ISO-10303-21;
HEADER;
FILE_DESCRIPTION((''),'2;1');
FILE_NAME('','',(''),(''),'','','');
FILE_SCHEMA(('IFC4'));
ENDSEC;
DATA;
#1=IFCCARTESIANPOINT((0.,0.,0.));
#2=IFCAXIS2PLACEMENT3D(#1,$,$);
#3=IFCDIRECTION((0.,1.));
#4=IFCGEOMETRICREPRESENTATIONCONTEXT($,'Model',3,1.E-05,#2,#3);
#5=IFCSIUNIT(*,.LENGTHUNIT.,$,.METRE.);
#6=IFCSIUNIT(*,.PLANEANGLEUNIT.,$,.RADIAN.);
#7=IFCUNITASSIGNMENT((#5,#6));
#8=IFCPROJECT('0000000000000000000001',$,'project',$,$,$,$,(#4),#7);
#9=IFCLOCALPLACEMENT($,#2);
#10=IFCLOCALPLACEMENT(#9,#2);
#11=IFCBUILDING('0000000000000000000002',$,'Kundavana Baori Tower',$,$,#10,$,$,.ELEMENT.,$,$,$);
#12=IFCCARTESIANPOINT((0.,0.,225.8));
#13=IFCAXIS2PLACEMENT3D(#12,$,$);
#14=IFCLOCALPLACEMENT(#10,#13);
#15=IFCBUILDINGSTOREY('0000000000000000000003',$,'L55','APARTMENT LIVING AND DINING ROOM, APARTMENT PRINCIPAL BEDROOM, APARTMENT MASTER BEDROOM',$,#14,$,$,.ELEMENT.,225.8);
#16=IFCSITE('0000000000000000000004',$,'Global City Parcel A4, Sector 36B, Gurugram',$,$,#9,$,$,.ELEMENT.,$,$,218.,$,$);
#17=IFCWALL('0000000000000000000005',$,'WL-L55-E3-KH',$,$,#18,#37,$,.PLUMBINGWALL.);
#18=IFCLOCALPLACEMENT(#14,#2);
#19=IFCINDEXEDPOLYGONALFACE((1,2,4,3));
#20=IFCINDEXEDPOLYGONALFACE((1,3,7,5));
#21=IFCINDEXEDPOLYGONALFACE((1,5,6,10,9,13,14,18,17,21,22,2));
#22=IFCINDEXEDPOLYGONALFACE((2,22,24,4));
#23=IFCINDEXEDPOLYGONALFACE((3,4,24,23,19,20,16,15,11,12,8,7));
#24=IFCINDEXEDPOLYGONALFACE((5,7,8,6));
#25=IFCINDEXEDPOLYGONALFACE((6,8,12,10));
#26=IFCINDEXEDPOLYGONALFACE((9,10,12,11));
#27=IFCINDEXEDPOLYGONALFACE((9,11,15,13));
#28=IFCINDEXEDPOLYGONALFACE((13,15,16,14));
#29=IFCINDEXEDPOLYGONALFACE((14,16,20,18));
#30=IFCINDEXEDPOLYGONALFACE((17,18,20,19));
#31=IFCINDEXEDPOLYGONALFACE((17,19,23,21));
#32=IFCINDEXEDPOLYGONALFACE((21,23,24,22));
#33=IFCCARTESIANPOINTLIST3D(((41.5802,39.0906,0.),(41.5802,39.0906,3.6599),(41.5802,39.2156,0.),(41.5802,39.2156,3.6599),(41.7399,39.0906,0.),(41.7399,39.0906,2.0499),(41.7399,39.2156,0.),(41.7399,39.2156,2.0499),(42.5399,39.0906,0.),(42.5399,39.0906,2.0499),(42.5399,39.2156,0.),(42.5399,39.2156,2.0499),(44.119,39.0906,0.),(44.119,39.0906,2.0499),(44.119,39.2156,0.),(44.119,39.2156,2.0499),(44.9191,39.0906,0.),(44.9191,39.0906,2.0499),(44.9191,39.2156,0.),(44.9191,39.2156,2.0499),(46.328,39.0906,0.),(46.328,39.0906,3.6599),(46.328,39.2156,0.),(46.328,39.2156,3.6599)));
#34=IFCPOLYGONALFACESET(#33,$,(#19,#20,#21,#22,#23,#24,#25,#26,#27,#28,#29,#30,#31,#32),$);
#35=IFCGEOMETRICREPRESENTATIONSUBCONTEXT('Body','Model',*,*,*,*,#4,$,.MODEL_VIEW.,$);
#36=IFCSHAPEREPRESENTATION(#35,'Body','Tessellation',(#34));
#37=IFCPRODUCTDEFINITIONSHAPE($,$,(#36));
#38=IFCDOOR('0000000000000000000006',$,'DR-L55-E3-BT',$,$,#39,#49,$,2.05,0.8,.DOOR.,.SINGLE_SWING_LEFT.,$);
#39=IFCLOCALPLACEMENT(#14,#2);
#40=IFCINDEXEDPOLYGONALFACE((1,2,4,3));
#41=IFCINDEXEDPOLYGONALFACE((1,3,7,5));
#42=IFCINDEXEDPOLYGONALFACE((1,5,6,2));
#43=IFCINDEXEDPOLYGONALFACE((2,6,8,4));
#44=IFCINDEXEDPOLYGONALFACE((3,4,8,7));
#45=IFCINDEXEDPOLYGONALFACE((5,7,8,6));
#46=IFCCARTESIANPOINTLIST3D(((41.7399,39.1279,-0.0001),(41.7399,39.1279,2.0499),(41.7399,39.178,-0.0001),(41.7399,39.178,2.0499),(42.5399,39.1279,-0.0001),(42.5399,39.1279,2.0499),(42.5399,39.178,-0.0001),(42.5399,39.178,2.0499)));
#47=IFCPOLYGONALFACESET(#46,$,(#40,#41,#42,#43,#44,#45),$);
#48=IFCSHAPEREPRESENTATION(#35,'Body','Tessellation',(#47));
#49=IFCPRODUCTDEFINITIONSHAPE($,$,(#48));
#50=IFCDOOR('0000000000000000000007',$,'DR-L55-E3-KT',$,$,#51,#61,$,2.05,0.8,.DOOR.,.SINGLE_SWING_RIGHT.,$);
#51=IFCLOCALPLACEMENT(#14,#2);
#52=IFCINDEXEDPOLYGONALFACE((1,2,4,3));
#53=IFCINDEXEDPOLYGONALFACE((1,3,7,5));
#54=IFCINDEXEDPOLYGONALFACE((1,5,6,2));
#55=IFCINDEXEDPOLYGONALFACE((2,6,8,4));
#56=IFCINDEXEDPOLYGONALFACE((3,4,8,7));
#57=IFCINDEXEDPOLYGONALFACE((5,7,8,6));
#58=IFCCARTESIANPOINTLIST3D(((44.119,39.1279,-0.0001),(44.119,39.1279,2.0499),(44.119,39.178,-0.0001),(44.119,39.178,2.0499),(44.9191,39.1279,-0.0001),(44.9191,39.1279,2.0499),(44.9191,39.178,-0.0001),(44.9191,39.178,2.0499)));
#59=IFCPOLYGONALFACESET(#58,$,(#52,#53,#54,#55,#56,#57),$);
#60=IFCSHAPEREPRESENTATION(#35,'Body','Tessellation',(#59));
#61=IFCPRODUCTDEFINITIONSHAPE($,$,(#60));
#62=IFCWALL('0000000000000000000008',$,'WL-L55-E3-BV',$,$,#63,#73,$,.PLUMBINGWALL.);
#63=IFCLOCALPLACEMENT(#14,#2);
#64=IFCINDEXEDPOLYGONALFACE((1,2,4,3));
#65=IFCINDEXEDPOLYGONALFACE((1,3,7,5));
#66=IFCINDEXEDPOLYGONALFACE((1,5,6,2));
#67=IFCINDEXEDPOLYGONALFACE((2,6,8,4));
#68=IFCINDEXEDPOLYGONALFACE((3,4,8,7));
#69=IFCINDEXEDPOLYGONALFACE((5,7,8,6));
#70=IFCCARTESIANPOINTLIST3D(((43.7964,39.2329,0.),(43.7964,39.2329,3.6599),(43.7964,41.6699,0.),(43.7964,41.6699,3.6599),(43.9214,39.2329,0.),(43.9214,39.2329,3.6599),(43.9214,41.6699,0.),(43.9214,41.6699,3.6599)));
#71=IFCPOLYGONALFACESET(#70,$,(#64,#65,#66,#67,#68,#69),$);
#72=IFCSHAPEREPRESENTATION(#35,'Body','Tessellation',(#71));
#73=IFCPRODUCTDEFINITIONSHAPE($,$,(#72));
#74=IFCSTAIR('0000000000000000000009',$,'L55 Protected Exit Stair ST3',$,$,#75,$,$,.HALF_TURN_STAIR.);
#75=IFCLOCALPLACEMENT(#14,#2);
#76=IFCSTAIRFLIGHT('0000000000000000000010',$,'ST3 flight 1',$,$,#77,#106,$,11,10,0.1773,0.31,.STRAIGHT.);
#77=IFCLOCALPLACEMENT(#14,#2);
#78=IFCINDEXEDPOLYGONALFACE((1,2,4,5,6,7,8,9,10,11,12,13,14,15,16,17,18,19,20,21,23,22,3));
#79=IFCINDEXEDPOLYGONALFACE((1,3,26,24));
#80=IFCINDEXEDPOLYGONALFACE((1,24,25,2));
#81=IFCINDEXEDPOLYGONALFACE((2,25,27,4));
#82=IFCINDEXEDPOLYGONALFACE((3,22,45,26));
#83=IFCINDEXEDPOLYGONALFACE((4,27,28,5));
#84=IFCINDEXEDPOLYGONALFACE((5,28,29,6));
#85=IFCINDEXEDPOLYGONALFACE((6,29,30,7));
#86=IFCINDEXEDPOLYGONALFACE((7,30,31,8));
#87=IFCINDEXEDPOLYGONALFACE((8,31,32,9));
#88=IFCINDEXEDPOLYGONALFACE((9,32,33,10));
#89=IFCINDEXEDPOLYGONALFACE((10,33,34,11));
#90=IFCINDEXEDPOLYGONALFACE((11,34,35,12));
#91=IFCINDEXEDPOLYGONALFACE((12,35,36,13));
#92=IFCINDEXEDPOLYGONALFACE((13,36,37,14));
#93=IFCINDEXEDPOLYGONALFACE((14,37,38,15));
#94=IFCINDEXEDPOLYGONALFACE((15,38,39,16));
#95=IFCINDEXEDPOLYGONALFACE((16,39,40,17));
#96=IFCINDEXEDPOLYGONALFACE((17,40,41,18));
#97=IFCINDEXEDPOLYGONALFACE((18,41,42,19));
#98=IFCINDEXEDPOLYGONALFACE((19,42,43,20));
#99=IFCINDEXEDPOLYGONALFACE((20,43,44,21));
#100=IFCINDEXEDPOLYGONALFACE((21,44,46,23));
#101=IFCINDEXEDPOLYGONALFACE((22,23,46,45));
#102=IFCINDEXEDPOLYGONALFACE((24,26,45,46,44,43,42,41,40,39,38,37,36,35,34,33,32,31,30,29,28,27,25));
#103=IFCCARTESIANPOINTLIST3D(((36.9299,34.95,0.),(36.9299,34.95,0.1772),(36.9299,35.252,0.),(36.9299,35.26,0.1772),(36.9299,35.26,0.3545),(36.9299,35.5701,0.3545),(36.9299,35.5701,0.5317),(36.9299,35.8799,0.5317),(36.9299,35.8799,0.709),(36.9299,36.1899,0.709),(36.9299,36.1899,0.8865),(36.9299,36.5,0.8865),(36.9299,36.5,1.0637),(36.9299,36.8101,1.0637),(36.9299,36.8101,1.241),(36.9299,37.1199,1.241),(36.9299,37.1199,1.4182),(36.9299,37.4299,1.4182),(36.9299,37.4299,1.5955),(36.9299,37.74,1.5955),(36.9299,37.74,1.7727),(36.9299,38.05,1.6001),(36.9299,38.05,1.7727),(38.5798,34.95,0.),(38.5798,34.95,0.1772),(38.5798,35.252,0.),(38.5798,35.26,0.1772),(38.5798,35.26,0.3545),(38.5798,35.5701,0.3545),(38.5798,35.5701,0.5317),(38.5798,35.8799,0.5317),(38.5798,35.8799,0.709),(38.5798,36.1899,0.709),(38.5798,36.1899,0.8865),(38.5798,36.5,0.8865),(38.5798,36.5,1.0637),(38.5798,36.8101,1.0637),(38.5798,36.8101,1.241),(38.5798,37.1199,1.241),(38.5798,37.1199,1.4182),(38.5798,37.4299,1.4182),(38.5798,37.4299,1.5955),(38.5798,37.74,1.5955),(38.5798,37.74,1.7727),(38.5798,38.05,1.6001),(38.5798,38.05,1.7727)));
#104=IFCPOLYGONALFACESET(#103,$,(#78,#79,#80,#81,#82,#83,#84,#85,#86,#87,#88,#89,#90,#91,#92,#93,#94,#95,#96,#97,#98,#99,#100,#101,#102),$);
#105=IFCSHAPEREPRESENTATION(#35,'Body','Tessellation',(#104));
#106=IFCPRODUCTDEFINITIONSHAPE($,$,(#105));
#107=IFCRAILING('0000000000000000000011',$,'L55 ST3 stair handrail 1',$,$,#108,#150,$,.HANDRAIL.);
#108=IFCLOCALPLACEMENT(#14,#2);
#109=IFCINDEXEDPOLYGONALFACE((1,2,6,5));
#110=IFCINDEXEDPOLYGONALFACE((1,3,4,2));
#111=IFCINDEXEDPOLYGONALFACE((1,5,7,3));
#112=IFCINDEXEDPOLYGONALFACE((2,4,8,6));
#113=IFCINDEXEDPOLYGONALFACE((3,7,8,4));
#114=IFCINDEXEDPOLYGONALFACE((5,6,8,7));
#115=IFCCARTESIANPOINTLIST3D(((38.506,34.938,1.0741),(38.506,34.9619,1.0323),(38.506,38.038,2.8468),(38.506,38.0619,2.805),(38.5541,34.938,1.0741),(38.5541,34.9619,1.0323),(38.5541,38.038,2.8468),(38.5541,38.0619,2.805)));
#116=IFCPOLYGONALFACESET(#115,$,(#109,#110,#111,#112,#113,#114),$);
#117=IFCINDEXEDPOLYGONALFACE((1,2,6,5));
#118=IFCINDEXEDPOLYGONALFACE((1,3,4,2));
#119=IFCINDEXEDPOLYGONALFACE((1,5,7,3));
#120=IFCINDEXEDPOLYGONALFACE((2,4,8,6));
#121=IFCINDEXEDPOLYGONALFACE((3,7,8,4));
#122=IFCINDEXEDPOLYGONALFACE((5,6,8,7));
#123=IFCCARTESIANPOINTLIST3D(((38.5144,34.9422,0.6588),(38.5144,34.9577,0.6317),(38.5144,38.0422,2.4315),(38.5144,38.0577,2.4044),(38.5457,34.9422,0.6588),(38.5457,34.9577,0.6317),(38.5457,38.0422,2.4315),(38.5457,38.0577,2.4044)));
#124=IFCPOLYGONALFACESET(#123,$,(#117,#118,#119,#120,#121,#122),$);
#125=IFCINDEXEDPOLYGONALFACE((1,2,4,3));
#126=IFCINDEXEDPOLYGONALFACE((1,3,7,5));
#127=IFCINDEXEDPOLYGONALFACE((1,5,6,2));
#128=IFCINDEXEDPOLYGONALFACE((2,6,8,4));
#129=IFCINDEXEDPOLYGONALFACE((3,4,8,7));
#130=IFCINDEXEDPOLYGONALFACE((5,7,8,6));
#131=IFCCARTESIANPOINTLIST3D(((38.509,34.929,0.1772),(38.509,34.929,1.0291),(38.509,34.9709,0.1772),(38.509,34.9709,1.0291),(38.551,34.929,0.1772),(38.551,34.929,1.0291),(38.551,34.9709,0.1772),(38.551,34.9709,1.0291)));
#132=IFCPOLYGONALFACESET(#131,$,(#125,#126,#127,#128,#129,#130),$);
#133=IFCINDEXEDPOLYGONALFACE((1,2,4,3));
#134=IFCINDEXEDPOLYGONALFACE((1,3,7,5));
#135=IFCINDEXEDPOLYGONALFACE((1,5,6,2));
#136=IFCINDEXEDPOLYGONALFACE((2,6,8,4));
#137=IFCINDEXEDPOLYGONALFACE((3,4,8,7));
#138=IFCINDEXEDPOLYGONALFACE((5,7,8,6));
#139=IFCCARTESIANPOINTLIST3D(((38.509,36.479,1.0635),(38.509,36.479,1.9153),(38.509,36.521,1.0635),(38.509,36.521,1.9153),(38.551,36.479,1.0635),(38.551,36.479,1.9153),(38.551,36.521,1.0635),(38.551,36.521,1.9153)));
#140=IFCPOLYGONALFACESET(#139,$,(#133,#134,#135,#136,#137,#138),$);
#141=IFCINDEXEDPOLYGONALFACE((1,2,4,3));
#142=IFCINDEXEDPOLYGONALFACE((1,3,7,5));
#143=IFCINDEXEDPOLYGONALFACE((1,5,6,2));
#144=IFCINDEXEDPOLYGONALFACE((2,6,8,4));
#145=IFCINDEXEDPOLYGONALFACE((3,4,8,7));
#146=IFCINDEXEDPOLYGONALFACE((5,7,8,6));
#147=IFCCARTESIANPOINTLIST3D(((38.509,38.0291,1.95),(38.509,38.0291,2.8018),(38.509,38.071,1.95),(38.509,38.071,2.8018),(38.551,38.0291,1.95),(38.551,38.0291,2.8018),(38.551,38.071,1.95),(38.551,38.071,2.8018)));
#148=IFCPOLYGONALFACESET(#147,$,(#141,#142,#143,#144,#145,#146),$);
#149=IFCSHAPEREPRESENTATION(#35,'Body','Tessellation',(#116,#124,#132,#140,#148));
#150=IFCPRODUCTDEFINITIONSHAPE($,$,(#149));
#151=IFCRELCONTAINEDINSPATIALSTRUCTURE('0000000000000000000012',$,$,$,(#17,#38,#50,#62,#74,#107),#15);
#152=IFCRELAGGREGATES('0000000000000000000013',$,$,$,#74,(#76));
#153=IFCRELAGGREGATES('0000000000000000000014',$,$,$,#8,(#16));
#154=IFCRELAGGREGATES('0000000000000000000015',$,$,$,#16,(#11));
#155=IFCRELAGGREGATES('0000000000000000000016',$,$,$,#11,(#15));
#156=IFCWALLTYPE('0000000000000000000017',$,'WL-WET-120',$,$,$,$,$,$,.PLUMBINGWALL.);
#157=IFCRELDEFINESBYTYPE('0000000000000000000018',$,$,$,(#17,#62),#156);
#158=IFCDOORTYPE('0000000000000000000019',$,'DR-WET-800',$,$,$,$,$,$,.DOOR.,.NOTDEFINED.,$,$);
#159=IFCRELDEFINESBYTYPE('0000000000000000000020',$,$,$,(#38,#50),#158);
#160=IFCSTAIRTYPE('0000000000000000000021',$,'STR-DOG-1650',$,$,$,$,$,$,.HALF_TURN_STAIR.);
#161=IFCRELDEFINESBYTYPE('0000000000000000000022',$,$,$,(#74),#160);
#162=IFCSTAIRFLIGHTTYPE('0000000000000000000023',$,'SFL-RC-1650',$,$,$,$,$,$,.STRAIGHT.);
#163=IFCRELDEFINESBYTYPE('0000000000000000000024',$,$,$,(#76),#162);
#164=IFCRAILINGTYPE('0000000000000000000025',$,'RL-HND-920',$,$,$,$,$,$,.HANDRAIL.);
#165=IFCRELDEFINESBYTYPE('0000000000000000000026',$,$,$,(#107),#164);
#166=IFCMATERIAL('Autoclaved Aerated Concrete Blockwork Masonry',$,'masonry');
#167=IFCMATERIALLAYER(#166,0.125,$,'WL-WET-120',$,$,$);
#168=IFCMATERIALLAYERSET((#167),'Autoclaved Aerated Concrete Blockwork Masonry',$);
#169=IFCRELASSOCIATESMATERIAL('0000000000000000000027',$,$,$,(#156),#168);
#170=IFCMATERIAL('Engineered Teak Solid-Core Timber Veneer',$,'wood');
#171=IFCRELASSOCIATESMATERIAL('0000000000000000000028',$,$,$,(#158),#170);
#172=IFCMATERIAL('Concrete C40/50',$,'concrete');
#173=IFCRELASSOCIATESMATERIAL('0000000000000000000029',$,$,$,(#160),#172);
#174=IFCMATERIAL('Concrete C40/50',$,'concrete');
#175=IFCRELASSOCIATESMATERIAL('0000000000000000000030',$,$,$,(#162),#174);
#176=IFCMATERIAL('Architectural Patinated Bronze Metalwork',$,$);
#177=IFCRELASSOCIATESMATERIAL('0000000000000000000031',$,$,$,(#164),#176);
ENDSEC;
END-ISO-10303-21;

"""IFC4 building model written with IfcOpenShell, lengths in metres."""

from ifc_helpers import new_model, si_unit, direction, frame, frame_2d, origin, origin_2d, place, context, subcontext, project, spatial, polyline, rectangle, outline, extrude, material, layer, layer_set, type_object, element, fill, aggregate, save


model = new_model("IFC4")

# Units and contexts
model_context = context("Model", 3, precision=1e-05, world=origin(), true_north=direction((0.0, 1.0)))
body_context = subcontext(model_context, "Body", "Model", "MODEL_VIEW")
ifc_project = project(units=[si_unit("LENGTHUNIT", "METRE"), si_unit("PLANEANGLEUNIT", "RADIAN")], contexts=[model_context])

# Site, building, storey
site_placement = place(None, origin())
site = spatial("IfcSite", under=ifc_project, at=site_placement, Name="Global City Parcel A4, Sector 36B, Gurugram", CompositionType="ELEMENT", RefElevation=218.0)
building_placement = place(site_placement, origin())
building = spatial("IfcBuilding", under=site, at=building_placement, Name="Kundavana Baori Tower", CompositionType="ELEMENT")
storey_placement = place(building_placement, frame((0.0, 0.0, 225.8)))
storey = spatial("IfcBuildingStorey", under=building, at=storey_placement, Name="L55", Description="APARTMENT LIVING AND DINING ROOM, APARTMENT PRINCIPAL BEDROOM, APARTMENT MASTER BEDROOM", CompositionType="ELEMENT", Elevation=225.8)

# Wall, openings, doors
ifc_material_1 = material(Name="Autoclaved Aerated Concrete Blockwork Masonry", Category="masonry")
ifc_layer_1 = layer(ifc_material_1, 0.125, Name="WL-WET-120")
ifc_layer_set_1 = layer_set([ifc_layer_1], Name="Autoclaved Aerated Concrete Blockwork Masonry")
wall_type_1 = type_object("IfcWallType", Name="WL-WET-120", PredefinedType="PLUMBINGWALL", material=ifc_layer_set_1)
wall_1_placement = place(storey_placement, frame((41.5801, 39.1531, 0.0), z_axis=(0.0, 0.0, 1.0), x_axis=(1.0, 0.0, 0.0)))
wall_1 = element("IfcWall", 1, at=wall_1_placement, inside=storey, type_object=wall_type_1, Name="WL-L55-E3-KH", PredefinedType="PLUMBINGWALL", context=body_context, shape_type="SweptSolid", body=[
    extrude(rectangle(XDim=4.7478, YDim=0.125, at=frame_2d((2.374, 0.0))), origin(), (0.0, 0.0, 1.0), 3.6599),
])
opening_1_placement = place(wall_1_placement, frame((0.1599, 0.0, 0.0)))
opening_1 = element("IfcOpeningElement", 2, at=opening_1_placement, cuts=wall_1, PredefinedType="OPENING", context=body_context, shape_type="SweptSolid", body=[
    extrude(rectangle(XDim=0.8, YDim=2.05, at=frame_2d((0.3999, 1.0249))), frame((0.0, 0.0725, 0.0), z_axis=(0.0, -1.0, 0.0), x_axis=(1.0, 0.0, 0.0)), (0.0, 0.0, 1.0), 0.145),
])
opening_2_placement = place(wall_1_placement, frame((2.5391, 0.0, 0.0)))
opening_2 = element("IfcOpeningElement", 3, at=opening_2_placement, cuts=wall_1, PredefinedType="OPENING", context=body_context, shape_type="SweptSolid", body=[
    extrude(rectangle(XDim=0.8, YDim=2.05, at=frame_2d((0.3999, 1.0249))), frame((0.0, 0.0725, 0.0), z_axis=(0.0, -1.0, 0.0), x_axis=(1.0, 0.0, 0.0)), (0.0, 0.0, 1.0), 0.145),
])
ifc_material_2 = material(Name="Engineered Teak Solid-Core Timber Veneer", Category="wood")
door_type_1 = type_object("IfcDoorType", Name="DR-WET-800", OperationType="NOTDEFINED", PredefinedType="DOOR", material=ifc_material_2)
door_1_placement = place(opening_1_placement, origin())
door_1 = element("IfcDoor", 4, at=door_1_placement, inside=storey, type_object=door_type_1, Name="DR-L55-E3-BT", OperationType="SINGLE_SWING_LEFT", OverallHeight=2.05, OverallWidth=0.8, PredefinedType="DOOR", context=body_context, shape_type="SweptSolid", body=[
    extrude(rectangle(XDim=0.8, YDim=2.05, at=frame_2d((0.3999, 1.0249))), frame((0.0, 0.0249, 0.0), z_axis=(0.0, -1.0, 0.0), x_axis=(1.0, 0.0, 0.0)), (0.0, 0.0, 1.0), 0.05),
])
fill(opening_1, door_1)
door_2_placement = place(opening_2_placement, origin())
door_2 = element("IfcDoor", 5, at=door_2_placement, inside=storey, type_object=door_type_1, Name="DR-L55-E3-KT", OperationType="SINGLE_SWING_RIGHT", OverallHeight=2.05, OverallWidth=0.8, PredefinedType="DOOR", context=body_context, shape_type="SweptSolid", body=[
    extrude(rectangle(XDim=0.8, YDim=2.05, at=frame_2d((0.3999, 1.0249))), frame((0.0, 0.0249, 0.0), z_axis=(0.0, -1.0, 0.0), x_axis=(1.0, 0.0, 0.0)), (0.0, 0.0, 1.0), 0.05),
])
fill(opening_2, door_2)

# Wall
wall_2_placement = place(storey_placement, frame((43.8589, 39.2329, 0.0), z_axis=(0.0, 0.0, 1.0), x_axis=(0.0, 1.0, 0.0)))
element("IfcWall", 6, at=wall_2_placement, inside=storey, type_object=wall_type_1, Name="WL-L55-E3-BV", PredefinedType="PLUMBINGWALL", context=body_context, shape_type="SweptSolid", body=[
    extrude(rectangle(XDim=2.437, YDim=0.125, at=frame_2d((1.2185, 0.0))), origin(), (0.0, 0.0, 1.0), 3.6599),
])

# Stair, stair flight
ifc_material_3 = material(Name="Concrete C40/50", Category="concrete")
stair_type = type_object("IfcStairType", Name="STR-DOG-1650", PredefinedType="HALF_TURN_STAIR", material=ifc_material_3)
stair_placement = place(storey_placement, origin())
stair = element("IfcStair", 7, at=stair_placement, inside=storey, type_object=stair_type, Name="L55 Protected Exit Stair ST3", PredefinedType="HALF_TURN_STAIR")
ifc_material_4 = material(Name="Concrete C40/50", Category="concrete")
stair_flight_type = type_object("IfcStairFlightType", Name="SFL-RC-1650", PredefinedType="STRAIGHT", material=ifc_material_4)
stair_flight_placement = place(storey_placement, frame((37.7549, 34.95, 0.0), z_axis=(0.0, 0.0, 1.0), x_axis=(0.0, 1.0, 0.0)))
stair_flight = element("IfcStairFlight", 8, at=stair_flight_placement, type_object=stair_flight_type, Name="ST3 flight 1", NumberOfRisers=11, NumberOfTreads=10, PredefinedType="STRAIGHT", RiserHeight=0.1773, TreadLength=0.31, context=body_context, shape_type="SweptSolid", body=[
    extrude(outline(polyline([(0.0, 0.0), (0.0, 0.1772), (0.3101, 0.1772), (0.3101, 0.3545), (0.6201, 0.3545), (0.6201, 0.5317), (0.9299, 0.5317), (0.9299, 0.709), (1.24, 0.709), (1.24, 0.8865), (1.55, 0.8865), (1.55, 1.0637), (1.8601, 1.0637), (1.8601, 1.241), (2.1699, 1.241), (2.1699, 1.4182), (2.48, 1.4182), (2.48, 1.5955), (2.79, 1.5955), (2.79, 1.7727), (3.1001, 1.7727), (3.1001, 1.95), (3.1001, 1.6001), (0.302, 0.0), (0.0, 0.0)])), frame((0.0, 0.825, 0.0), z_axis=(0.0, -1.0, 0.0), x_axis=(1.0, 0.0, 0.0)), (0.0, 0.0, 1.0), 1.6499),
])
aggregate(stair, [stair_flight])

# Railing
ifc_material_5 = material(Name="Architectural Patinated Bronze Metalwork")
railing_type_1 = type_object("IfcRailingType", Name="RL-HND-920", PredefinedType="HANDRAIL", material=ifc_material_5)
railing_1_placement = place(storey_placement, frame((38.53, 34.95, 0.1772)))
element("IfcRailing", 9, at=railing_1_placement, inside=storey, type_object=railing_type_1, Name="L55 ST3 stair handrail 1", PredefinedType="HANDRAIL", context=body_context, shape_type="SweptSolid", body=[
    extrude(rectangle(XDim=0.0481, YDim=0.0481, at=origin_2d()), frame((0.0, 0.0, 0.876), z_axis=(0.0, 0.868096, 0.496397), x_axis=(-1.0, 0.0, 0.0)), (0.0, 0.0, 1.0), 3.571),
    extrude(rectangle(XDim=0.0312, YDim=0.0312, at=origin_2d()), frame((0.0, 0.0, 0.468), z_axis=(0.0, 0.868096, 0.496397), x_axis=(-1.0, 0.0, 0.0)), (0.0, 0.0, 1.0), 3.571),
    extrude(rectangle(XDim=0.042, YDim=0.042, at=origin_2d()), origin(), (0.0, 0.0, 1.0), 0.8518),
    extrude(rectangle(XDim=0.042, YDim=0.042, at=origin_2d()), frame((0.0, 1.55, 0.8862)), (0.0, 0.0, 1.0), 0.8518),
    extrude(rectangle(XDim=0.042, YDim=0.042, at=origin_2d()), frame((0.0, 3.1001, 1.7727)), (0.0, 0.0, 1.0), 0.8518),
])

save(model, "model.ifc")
